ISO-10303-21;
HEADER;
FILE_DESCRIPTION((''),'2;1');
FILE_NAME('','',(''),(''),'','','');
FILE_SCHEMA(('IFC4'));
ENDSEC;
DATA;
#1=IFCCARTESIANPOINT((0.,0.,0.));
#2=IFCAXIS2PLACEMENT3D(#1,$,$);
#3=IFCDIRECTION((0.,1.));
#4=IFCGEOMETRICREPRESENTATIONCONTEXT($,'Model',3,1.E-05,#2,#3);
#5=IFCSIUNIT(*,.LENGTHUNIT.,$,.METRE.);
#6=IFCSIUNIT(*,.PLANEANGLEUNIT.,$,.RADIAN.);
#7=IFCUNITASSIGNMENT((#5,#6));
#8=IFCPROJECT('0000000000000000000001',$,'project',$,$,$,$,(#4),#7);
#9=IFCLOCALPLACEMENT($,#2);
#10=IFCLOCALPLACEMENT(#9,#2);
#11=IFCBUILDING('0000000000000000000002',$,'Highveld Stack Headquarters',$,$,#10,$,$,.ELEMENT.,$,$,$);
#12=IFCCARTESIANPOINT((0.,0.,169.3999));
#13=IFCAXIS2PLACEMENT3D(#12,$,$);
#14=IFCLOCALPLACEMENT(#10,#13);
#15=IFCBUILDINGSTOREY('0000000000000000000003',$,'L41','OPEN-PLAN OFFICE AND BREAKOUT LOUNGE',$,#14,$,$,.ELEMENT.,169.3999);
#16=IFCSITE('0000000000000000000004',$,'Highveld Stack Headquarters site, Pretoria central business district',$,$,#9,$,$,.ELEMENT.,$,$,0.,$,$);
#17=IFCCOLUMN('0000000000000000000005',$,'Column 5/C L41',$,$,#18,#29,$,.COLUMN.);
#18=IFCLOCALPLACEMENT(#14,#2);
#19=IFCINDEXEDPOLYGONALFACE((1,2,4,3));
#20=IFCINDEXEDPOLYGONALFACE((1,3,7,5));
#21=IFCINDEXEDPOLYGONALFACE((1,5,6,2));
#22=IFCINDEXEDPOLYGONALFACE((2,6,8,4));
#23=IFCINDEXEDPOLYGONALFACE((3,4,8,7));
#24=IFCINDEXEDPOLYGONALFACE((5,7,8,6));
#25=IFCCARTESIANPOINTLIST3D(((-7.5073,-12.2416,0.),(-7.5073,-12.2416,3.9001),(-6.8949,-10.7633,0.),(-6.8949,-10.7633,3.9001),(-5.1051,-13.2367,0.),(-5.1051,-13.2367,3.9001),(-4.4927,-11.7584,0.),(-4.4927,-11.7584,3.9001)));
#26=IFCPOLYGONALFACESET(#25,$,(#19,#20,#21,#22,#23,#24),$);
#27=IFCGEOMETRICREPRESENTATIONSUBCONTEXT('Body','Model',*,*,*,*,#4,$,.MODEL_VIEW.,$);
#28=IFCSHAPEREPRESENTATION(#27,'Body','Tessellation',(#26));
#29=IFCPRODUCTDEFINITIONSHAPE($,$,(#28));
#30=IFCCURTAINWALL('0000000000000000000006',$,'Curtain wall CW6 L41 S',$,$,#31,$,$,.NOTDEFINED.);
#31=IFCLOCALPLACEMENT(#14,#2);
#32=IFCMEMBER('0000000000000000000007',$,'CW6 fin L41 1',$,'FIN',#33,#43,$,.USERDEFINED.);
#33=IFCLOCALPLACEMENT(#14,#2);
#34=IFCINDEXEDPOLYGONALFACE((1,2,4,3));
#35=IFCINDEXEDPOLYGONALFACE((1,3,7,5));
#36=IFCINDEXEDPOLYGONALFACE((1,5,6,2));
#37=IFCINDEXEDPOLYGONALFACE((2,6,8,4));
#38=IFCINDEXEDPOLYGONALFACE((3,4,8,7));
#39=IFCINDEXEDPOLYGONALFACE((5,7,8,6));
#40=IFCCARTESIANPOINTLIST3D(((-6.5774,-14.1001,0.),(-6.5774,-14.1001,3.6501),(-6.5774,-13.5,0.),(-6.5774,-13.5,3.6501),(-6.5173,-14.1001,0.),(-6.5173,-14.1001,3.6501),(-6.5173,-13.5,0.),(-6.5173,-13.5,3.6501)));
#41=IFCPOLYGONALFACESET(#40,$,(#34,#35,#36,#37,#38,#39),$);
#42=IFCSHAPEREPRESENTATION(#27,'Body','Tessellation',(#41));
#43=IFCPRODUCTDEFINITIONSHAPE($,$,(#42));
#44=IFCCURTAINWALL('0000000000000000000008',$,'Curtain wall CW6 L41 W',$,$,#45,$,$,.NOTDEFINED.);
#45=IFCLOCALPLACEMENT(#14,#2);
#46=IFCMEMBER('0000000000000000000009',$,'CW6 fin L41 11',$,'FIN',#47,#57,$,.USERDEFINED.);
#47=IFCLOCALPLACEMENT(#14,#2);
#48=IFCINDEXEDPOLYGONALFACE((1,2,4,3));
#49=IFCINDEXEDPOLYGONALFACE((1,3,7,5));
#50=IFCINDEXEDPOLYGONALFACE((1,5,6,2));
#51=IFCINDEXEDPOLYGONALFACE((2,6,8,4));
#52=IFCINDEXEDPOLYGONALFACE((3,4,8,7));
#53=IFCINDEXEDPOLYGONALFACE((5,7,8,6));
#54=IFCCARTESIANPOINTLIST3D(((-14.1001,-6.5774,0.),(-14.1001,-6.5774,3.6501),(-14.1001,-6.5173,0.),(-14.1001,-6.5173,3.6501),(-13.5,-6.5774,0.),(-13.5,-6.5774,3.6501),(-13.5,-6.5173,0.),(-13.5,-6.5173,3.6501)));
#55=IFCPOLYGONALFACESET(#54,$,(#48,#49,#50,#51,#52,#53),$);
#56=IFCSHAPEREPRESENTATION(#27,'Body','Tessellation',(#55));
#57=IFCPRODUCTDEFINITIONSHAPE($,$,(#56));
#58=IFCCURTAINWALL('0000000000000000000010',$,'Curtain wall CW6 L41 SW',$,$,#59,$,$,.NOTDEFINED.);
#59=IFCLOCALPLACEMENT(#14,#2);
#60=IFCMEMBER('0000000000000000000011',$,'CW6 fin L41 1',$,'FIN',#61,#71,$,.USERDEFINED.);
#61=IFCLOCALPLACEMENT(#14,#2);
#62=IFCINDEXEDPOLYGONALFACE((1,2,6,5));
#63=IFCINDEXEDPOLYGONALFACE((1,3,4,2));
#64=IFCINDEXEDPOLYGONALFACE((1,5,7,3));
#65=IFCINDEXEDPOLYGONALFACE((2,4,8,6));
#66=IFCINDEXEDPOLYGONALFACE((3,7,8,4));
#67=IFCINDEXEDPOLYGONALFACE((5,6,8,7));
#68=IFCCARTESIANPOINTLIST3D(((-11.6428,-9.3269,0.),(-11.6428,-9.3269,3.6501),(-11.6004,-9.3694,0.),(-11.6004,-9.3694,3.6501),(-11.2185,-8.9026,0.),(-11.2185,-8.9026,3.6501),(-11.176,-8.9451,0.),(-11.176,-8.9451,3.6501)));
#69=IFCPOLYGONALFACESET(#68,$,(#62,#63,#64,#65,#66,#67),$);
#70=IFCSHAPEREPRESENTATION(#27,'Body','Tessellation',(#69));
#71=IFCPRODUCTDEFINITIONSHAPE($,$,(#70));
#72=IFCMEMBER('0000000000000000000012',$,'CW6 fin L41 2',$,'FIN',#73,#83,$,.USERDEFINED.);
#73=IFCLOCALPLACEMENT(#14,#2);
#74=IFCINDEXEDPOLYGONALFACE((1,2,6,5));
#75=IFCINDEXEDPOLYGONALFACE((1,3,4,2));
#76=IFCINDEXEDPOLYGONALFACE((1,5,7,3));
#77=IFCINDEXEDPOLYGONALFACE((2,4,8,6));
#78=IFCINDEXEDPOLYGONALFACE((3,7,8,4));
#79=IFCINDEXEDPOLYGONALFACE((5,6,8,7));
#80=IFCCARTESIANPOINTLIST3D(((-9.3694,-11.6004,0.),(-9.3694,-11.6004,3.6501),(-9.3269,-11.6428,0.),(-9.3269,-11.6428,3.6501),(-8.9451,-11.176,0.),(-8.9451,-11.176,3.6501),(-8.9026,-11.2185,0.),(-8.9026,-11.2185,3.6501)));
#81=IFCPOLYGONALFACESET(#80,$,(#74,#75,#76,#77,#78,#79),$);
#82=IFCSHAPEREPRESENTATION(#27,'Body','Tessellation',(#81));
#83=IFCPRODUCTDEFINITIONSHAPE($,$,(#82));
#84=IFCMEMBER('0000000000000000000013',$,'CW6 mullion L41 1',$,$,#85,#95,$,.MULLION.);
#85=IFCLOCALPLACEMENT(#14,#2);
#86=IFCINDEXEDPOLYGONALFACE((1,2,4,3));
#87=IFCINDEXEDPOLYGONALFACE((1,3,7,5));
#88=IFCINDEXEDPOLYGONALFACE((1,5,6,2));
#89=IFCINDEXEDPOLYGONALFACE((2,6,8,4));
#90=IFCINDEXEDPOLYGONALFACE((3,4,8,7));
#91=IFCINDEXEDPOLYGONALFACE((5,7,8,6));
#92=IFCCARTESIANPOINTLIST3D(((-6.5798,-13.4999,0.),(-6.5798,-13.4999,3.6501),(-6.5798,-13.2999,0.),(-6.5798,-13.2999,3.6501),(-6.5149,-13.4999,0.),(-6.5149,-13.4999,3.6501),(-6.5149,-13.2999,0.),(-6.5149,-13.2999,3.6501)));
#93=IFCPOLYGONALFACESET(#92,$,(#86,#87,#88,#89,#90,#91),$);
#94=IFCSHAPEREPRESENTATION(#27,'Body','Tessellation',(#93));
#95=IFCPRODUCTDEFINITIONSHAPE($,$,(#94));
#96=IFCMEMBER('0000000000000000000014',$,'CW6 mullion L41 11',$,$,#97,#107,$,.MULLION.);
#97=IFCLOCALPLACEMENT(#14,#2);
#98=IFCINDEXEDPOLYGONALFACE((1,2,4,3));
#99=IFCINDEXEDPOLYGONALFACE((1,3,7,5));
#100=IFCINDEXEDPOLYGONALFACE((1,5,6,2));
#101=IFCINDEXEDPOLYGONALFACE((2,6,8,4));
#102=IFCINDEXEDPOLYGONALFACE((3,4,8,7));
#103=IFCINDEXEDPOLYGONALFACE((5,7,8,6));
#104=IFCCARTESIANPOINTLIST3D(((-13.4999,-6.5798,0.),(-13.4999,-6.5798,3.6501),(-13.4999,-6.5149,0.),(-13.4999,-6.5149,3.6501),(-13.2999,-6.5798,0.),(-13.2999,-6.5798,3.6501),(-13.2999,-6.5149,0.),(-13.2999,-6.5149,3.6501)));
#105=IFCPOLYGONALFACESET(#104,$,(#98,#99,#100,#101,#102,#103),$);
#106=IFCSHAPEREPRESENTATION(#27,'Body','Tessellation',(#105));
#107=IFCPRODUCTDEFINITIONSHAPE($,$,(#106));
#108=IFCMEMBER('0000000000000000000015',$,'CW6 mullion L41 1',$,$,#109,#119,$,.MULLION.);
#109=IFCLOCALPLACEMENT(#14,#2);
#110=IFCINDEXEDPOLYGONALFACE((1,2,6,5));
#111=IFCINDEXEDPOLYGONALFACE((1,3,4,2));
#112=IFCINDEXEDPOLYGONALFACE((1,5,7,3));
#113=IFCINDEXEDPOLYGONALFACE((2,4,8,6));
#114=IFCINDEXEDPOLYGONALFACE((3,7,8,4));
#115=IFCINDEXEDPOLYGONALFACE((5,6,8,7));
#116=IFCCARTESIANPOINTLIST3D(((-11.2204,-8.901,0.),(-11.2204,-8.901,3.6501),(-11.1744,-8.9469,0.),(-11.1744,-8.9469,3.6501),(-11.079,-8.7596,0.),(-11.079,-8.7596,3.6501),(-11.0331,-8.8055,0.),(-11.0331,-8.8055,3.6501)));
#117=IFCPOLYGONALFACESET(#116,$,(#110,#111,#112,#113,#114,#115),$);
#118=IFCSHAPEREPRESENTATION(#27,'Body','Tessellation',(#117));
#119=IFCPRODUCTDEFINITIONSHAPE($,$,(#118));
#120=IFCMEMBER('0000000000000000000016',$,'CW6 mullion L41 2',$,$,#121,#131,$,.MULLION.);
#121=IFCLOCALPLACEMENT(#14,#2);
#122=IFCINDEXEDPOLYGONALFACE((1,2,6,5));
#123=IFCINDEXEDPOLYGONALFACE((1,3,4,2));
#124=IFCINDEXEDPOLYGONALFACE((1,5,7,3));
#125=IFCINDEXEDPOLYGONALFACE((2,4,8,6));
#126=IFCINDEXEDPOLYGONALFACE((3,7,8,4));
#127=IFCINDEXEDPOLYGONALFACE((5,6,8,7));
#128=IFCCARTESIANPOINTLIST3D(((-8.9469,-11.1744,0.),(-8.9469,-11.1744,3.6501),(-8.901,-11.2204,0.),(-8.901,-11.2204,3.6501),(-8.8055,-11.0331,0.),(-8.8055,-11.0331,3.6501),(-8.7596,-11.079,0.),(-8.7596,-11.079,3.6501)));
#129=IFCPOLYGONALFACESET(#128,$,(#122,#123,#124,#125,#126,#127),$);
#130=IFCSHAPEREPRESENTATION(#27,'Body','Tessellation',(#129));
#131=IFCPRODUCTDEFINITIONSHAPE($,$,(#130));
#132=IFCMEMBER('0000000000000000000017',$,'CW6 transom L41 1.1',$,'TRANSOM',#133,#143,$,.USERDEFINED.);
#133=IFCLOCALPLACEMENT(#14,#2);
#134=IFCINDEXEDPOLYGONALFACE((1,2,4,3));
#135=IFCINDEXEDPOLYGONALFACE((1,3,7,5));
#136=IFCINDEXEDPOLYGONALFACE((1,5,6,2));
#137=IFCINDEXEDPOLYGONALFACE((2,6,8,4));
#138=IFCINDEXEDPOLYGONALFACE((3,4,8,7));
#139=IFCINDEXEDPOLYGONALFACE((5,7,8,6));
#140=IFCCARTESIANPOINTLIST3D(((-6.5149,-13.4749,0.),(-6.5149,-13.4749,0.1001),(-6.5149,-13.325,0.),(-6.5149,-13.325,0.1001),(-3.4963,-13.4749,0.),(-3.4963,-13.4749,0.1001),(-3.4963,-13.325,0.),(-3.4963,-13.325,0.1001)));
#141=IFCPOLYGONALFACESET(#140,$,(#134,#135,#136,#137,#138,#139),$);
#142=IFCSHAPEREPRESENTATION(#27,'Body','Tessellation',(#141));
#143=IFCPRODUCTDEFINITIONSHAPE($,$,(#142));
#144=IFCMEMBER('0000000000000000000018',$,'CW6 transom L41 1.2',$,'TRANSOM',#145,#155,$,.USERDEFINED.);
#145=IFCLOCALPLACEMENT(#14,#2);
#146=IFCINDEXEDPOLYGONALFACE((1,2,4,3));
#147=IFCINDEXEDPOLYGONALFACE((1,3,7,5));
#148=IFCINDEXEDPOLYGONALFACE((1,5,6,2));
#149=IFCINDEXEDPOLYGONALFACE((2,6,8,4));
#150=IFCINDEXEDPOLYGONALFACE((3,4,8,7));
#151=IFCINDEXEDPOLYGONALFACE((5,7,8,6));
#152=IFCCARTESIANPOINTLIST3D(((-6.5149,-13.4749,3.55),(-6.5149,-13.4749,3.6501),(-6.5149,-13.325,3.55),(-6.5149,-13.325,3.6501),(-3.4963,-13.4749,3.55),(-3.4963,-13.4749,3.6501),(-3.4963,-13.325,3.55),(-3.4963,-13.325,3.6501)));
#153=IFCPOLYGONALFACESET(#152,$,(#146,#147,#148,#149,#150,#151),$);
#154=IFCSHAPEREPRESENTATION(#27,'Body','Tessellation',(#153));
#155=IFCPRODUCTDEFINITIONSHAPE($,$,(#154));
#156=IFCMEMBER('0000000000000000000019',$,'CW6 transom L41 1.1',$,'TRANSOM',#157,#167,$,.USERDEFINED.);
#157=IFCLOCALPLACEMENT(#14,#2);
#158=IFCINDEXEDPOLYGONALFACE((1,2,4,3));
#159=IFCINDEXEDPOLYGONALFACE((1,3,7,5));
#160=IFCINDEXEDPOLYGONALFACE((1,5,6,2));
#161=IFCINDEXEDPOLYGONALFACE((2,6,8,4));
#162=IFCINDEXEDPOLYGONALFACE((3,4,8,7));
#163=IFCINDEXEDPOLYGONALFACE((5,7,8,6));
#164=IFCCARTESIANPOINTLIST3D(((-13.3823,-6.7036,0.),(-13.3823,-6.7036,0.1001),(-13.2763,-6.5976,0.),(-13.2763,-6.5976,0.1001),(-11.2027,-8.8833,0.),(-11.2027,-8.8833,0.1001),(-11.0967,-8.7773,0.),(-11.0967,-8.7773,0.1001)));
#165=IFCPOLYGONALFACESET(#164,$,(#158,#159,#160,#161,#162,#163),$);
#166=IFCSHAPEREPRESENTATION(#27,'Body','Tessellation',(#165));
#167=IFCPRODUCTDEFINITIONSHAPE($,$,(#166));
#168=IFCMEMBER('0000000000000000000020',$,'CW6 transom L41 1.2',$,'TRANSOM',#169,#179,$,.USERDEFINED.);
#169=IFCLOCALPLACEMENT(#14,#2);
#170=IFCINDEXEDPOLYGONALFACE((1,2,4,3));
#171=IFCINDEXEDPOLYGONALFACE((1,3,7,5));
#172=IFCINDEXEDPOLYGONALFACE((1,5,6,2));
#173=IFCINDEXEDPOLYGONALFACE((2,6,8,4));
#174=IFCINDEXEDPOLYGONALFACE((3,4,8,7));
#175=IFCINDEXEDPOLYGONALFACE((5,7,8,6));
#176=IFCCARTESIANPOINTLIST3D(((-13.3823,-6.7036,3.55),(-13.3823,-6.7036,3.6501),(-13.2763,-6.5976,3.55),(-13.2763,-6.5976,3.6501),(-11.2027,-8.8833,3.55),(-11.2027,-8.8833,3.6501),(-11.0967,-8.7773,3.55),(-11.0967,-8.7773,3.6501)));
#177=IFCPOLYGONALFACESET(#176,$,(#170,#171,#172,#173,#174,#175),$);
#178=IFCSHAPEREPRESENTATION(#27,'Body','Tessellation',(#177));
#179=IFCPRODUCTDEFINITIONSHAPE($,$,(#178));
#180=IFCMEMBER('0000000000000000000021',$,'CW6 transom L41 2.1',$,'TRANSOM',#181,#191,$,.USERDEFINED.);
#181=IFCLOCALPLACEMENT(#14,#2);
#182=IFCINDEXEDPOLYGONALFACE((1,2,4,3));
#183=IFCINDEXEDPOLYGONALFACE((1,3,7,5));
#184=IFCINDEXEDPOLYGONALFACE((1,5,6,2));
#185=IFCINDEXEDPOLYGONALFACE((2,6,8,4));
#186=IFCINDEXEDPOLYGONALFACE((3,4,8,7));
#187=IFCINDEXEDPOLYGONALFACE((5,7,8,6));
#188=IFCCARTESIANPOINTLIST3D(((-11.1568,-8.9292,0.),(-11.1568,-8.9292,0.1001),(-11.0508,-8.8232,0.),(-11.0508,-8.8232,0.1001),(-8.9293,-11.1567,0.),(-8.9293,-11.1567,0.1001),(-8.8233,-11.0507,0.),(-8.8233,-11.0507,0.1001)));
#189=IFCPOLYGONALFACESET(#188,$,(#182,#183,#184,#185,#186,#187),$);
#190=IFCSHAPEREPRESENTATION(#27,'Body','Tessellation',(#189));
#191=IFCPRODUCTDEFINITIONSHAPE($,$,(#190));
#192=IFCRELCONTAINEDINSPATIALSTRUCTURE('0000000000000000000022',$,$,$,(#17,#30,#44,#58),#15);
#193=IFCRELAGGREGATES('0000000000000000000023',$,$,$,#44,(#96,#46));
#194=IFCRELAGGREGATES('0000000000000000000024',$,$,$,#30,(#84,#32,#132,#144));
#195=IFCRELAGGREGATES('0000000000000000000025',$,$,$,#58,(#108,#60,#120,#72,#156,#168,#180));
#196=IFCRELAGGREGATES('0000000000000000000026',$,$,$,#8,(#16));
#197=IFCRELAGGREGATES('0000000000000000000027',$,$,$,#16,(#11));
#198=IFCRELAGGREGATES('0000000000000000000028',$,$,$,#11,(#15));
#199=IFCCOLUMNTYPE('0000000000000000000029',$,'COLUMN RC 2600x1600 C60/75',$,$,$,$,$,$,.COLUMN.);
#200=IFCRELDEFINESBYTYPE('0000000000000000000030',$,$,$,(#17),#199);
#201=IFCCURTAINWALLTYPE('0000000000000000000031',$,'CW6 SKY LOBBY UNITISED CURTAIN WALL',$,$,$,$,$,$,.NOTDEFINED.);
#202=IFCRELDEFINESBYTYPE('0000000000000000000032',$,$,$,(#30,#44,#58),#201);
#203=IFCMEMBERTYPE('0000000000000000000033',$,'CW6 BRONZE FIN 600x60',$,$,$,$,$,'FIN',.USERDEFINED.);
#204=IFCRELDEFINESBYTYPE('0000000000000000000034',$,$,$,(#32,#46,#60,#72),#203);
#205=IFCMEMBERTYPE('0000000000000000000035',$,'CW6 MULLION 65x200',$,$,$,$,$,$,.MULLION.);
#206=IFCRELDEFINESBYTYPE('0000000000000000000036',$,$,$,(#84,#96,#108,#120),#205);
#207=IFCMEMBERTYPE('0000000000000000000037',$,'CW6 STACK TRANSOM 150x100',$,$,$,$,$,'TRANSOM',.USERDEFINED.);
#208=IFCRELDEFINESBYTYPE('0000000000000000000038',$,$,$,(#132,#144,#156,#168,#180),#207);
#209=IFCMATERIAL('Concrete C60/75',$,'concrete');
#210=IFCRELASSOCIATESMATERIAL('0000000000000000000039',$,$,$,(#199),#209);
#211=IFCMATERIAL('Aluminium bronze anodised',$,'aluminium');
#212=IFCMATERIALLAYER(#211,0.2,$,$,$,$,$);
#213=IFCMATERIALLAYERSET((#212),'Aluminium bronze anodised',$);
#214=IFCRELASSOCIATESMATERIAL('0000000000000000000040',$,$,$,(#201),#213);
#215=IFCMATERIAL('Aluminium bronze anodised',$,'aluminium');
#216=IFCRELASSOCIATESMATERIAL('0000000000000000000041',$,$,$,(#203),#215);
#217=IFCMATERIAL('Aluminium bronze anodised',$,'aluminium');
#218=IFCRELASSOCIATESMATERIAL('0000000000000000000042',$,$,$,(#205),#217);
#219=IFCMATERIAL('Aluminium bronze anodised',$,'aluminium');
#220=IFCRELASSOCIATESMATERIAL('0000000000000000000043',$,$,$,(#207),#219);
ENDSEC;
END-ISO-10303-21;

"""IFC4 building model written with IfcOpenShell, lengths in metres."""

from ifc_helpers import new_model, si_unit, direction, frame, origin, origin_2d, place, context, subcontext, project, spatial, rectangle, extrude, material, layer, layer_set, material_profile, profile_set, type_object, element, aggregate, save


model = new_model("IFC4")

# Units and contexts
model_context = context("Model", 3, precision=1e-05, world=origin(), true_north=direction((0.0, 1.0)))
body_context = subcontext(model_context, "Body", "Model", "MODEL_VIEW")
ifc_project = project(units=[si_unit("LENGTHUNIT", "METRE"), si_unit("PLANEANGLEUNIT", "RADIAN")], contexts=[model_context])

# Site, building, storey
site_placement = place(None, origin())
site = spatial("IfcSite", under=ifc_project, at=site_placement, Name="Highveld Stack Headquarters site, Pretoria central business district", CompositionType="ELEMENT", RefElevation=0.0)
building_placement = place(site_placement, origin())
building = spatial("IfcBuilding", under=site, at=building_placement, Name="Highveld Stack Headquarters", CompositionType="ELEMENT")
storey_placement = place(building_placement, frame((0.0, 0.0, 169.3999)))
storey = spatial("IfcBuildingStorey", under=building, at=storey_placement, Name="L41", Description="OPEN-PLAN OFFICE AND BREAKOUT LOUNGE", CompositionType="ELEMENT", Elevation=169.3999)

# Column
ifc_material_1 = material(Name="Concrete C60/75", Category="concrete")
ifc_material_profile_1 = material_profile(ifc_material_1, rectangle(XDim=2.6001, YDim=1.6001, at=origin_2d()), Name="RC 2600x1600")
ifc_profile_set_1 = profile_set([ifc_material_profile_1], Name="Concrete C60/75")
column_type = type_object("IfcColumnType", Name="COLUMN RC 2600x1600 C60/75", PredefinedType="COLUMN", material=ifc_profile_set_1)
column_placement = place(storey_placement, frame((-6.0, -12.0, 0.0), z_axis=(0.0, 0.0, 1.0), x_axis=(-0.92388, 0.382683, 0.0)))
element("IfcColumn", 1, at=column_placement, inside=storey, type_object=column_type, Name="Column 5/C L41", PredefinedType="COLUMN", context=body_context, shape_type="SweptSolid", body=[
    extrude(rectangle(XDim=2.6001, YDim=1.6001, at=origin_2d()), origin(), (0.0, 0.0, 1.0), 3.9001),
])

# Curtain walls, members
ifc_material_2 = material(Name="Aluminium bronze anodised", Category="aluminium")
ifc_layer_1 = layer(ifc_material_2, 0.2)
ifc_layer_set_1 = layer_set([ifc_layer_1], Name="Aluminium bronze anodised")
curtain_wall_type = type_object("IfcCurtainWallType", Name="CW6 SKY LOBBY UNITISED CURTAIN WALL", PredefinedType="NOTDEFINED", material=ifc_layer_set_1)
curtain_wall_1_placement = place(storey_placement, origin())
curtain_wall_1 = element("IfcCurtainWall", 2, at=curtain_wall_1_placement, inside=storey, type_object=curtain_wall_type, Name="Curtain wall CW6 L41 S", PredefinedType="NOTDEFINED")
ifc_material_3 = material(Name="Aluminium bronze anodised", Category="aluminium")
ifc_material_profile_2 = material_profile(ifc_material_3, rectangle(XDim=0.6001, YDim=0.0601, at=origin_2d()), Name="FIN 600x60")
ifc_profile_set_2 = profile_set([ifc_material_profile_2], Name="Aluminium bronze anodised")
member_type_1 = type_object("IfcMemberType", Name="CW6 BRONZE FIN 600x60", ElementType="FIN", PredefinedType="USERDEFINED", material=ifc_profile_set_2)
member_1_placement = place(storey_placement, frame((-6.5474, -13.8, 0.0), z_axis=(0.0, 0.0, 1.0), x_axis=(0.0, 1.0, 0.0)))
member_1 = element("IfcMember", 3, at=member_1_placement, type_object=member_type_1, Name="CW6 fin L41 1", ObjectType="FIN", PredefinedType="USERDEFINED", context=body_context, shape_type="SweptSolid", body=[
    extrude(rectangle(XDim=0.6001, YDim=0.0601, at=origin_2d()), origin(), (0.0, 0.0, 1.0), 3.6501),
])
curtain_wall_2_placement = place(storey_placement, origin())
curtain_wall_2 = element("IfcCurtainWall", 4, at=curtain_wall_2_placement, inside=storey, type_object=curtain_wall_type, Name="Curtain wall CW6 L41 W", PredefinedType="NOTDEFINED")
member_2_placement = place(storey_placement, frame((-13.8, -6.5474, 0.0), z_axis=(0.0, 0.0, 1.0), x_axis=(1.0, 0.0, 0.0)))
member_2 = element("IfcMember", 5, at=member_2_placement, type_object=member_type_1, Name="CW6 fin L41 11", ObjectType="FIN", PredefinedType="USERDEFINED", context=body_context, shape_type="SweptSolid", body=[
    extrude(rectangle(XDim=0.6001, YDim=0.0601, at=origin_2d()), origin(), (0.0, 0.0, 1.0), 3.6501),
])

# Curtain wall, members
curtain_wall_3_placement = place(storey_placement, origin())
curtain_wall_3 = element("IfcCurtainWall", 6, at=curtain_wall_3_placement, inside=storey, type_object=curtain_wall_type, Name="Curtain wall CW6 L41 SW", PredefinedType="NOTDEFINED")
member_3_placement = place(storey_placement, frame((-11.4094, -9.136, 0.0), z_axis=(0.0, 0.0, 1.0), x_axis=(0.707107, 0.707107, 0.0)))
member_3 = element("IfcMember", 7, at=member_3_placement, type_object=member_type_1, Name="CW6 fin L41 1", ObjectType="FIN", PredefinedType="USERDEFINED", context=body_context, shape_type="SweptSolid", body=[
    extrude(rectangle(XDim=0.6001, YDim=0.0601, at=origin_2d()), origin(), (0.0, 0.0, 1.0), 3.6501),
])
member_4_placement = place(storey_placement, frame((-9.136, -11.4094, 0.0), z_axis=(0.0, 0.0, 1.0), x_axis=(0.707107, 0.707107, 0.0)))
member_4 = element("IfcMember", 8, at=member_4_placement, type_object=member_type_1, Name="CW6 fin L41 2", ObjectType="FIN", PredefinedType="USERDEFINED", context=body_context, shape_type="SweptSolid", body=[
    extrude(rectangle(XDim=0.6001, YDim=0.0601, at=origin_2d()), origin(), (0.0, 0.0, 1.0), 3.6501),
])

# Members
ifc_material_4 = material(Name="Aluminium bronze anodised", Category="aluminium")
ifc_material_profile_3 = material_profile(ifc_material_4, rectangle(XDim=0.2, YDim=0.0649, at=origin_2d()), Name="CW6 MULLION 65x200")
ifc_profile_set_3 = profile_set([ifc_material_profile_3], Name="Aluminium bronze anodised")
member_type_2 = type_object("IfcMemberType", Name="CW6 MULLION 65x200", PredefinedType="MULLION", material=ifc_profile_set_3)
member_5_placement = place(storey_placement, frame((-6.5474, -13.3999, 0.0), z_axis=(0.0, 0.0, 1.0), x_axis=(0.0, 1.0, 0.0)))
member_5 = element("IfcMember", 9, at=member_5_placement, type_object=member_type_2, Name="CW6 mullion L41 1", PredefinedType="MULLION", context=body_context, shape_type="SweptSolid", body=[
    extrude(rectangle(XDim=0.2, YDim=0.0649, at=origin_2d()), origin(), (0.0, 0.0, 1.0), 3.6501),
])
member_6_placement = place(storey_placement, frame((-13.3999, -6.5474, 0.0), z_axis=(0.0, 0.0, 1.0), x_axis=(1.0, 0.0, 0.0)))
member_6 = element("IfcMember", 10, at=member_6_placement, type_object=member_type_2, Name="CW6 mullion L41 11", PredefinedType="MULLION", context=body_context, shape_type="SweptSolid", body=[
    extrude(rectangle(XDim=0.2, YDim=0.0649, at=origin_2d()), origin(), (0.0, 0.0, 1.0), 3.6501),
])
aggregate(curtain_wall_2, [member_6, member_2])
member_7_placement = place(storey_placement, frame((-11.1267, -8.8533, 0.0), z_axis=(0.0, 0.0, 1.0), x_axis=(0.707107, 0.707107, 0.0)))
member_7 = element("IfcMember", 11, at=member_7_placement, type_object=member_type_2, Name="CW6 mullion L41 1", PredefinedType="MULLION", context=body_context, shape_type="SweptSolid", body=[
    extrude(rectangle(XDim=0.2, YDim=0.0649, at=origin_2d()), origin(), (0.0, 0.0, 1.0), 3.6501),
])
member_8_placement = place(storey_placement, frame((-8.8533, -11.1267, 0.0), z_axis=(0.0, 0.0, 1.0), x_axis=(0.707107, 0.707107, 0.0)))
member_8 = element("IfcMember", 12, at=member_8_placement, type_object=member_type_2, Name="CW6 mullion L41 2", PredefinedType="MULLION", context=body_context, shape_type="SweptSolid", body=[
    extrude(rectangle(XDim=0.2, YDim=0.0649, at=origin_2d()), origin(), (0.0, 0.0, 1.0), 3.6501),
])
ifc_material_5 = material(Name="Aluminium bronze anodised", Category="aluminium")
ifc_material_profile_4 = material_profile(ifc_material_5, rectangle(XDim=0.1499, YDim=0.1001, at=origin_2d()), Name="CW6 TRANSOM 150x100")
ifc_profile_set_4 = profile_set([ifc_material_profile_4], Name="Aluminium bronze anodised")
member_type_3 = type_object("IfcMemberType", Name="CW6 STACK TRANSOM 150x100", ElementType="TRANSOM", PredefinedType="USERDEFINED", material=ifc_profile_set_4)
member_9_placement = place(storey_placement, frame((-6.5149, -13.3999, 0.05), z_axis=(1.0, 0.0, 0.0), x_axis=(0.0, 1.0, 0.0)))
member_9 = element("IfcMember", 13, at=member_9_placement, type_object=member_type_3, Name="CW6 transom L41 1.1", ObjectType="TRANSOM", PredefinedType="USERDEFINED", context=body_context, shape_type="SweptSolid", body=[
    extrude(rectangle(XDim=0.1499, YDim=0.1001, at=origin_2d()), origin(), (0.0, 0.0, 1.0), 3.0186),
])
member_10_placement = place(storey_placement, frame((-6.5149, -13.3999, 3.6001), z_axis=(1.0, 0.0, 0.0), x_axis=(0.0, 1.0, 0.0)))
member_10 = element("IfcMember", 14, at=member_10_placement, type_object=member_type_3, Name="CW6 transom L41 1.2", ObjectType="TRANSOM", PredefinedType="USERDEFINED", context=body_context, shape_type="SweptSolid", body=[
    extrude(rectangle(XDim=0.1499, YDim=0.1001, at=origin_2d()), origin(), (0.0, 0.0, 1.0), 3.0186),
])
aggregate(curtain_wall_1, [member_5, member_1, member_9, member_10])
member_11_placement = place(storey_placement, frame((-13.3293, -6.6506, 0.05), z_axis=(0.707107, -0.707107, 0.0), x_axis=(0.707107, 0.707107, 0.0)))
member_11 = element("IfcMember", 15, at=member_11_placement, type_object=member_type_3, Name="CW6 transom L41 1.1", ObjectType="TRANSOM", PredefinedType="USERDEFINED", context=body_context, shape_type="SweptSolid", body=[
    extrude(rectangle(XDim=0.1499, YDim=0.1001, at=origin_2d()), origin(), (0.0, 0.0, 1.0), 3.0825),
])
member_12_placement = place(storey_placement, frame((-13.3293, -6.6506, 3.6001), z_axis=(0.707107, -0.707107, 0.0), x_axis=(0.707107, 0.707107, 0.0)))
member_12 = element("IfcMember", 16, at=member_12_placement, type_object=member_type_3, Name="CW6 transom L41 1.2", ObjectType="TRANSOM", PredefinedType="USERDEFINED", context=body_context, shape_type="SweptSolid", body=[
    extrude(rectangle(XDim=0.1499, YDim=0.1001, at=origin_2d()), origin(), (0.0, 0.0, 1.0), 3.0825),
])
member_13_placement = place(storey_placement, frame((-11.1038, -8.8762, 0.05), z_axis=(0.707107, -0.707107, 0.0), x_axis=(0.707107, 0.707107, 0.0)))
member_13 = element("IfcMember", 17, at=member_13_placement, type_object=member_type_3, Name="CW6 transom L41 2.1", ObjectType="TRANSOM", PredefinedType="USERDEFINED", context=body_context, shape_type="SweptSolid", body=[
    extrude(rectangle(XDim=0.1499, YDim=0.1001, at=origin_2d()), origin(), (0.0, 0.0, 1.0), 3.1501),
])

aggregate(curtain_wall_3, [member_7, member_3, member_8, member_4, member_11, member_12, member_13])

save(model, "model.ifc")
